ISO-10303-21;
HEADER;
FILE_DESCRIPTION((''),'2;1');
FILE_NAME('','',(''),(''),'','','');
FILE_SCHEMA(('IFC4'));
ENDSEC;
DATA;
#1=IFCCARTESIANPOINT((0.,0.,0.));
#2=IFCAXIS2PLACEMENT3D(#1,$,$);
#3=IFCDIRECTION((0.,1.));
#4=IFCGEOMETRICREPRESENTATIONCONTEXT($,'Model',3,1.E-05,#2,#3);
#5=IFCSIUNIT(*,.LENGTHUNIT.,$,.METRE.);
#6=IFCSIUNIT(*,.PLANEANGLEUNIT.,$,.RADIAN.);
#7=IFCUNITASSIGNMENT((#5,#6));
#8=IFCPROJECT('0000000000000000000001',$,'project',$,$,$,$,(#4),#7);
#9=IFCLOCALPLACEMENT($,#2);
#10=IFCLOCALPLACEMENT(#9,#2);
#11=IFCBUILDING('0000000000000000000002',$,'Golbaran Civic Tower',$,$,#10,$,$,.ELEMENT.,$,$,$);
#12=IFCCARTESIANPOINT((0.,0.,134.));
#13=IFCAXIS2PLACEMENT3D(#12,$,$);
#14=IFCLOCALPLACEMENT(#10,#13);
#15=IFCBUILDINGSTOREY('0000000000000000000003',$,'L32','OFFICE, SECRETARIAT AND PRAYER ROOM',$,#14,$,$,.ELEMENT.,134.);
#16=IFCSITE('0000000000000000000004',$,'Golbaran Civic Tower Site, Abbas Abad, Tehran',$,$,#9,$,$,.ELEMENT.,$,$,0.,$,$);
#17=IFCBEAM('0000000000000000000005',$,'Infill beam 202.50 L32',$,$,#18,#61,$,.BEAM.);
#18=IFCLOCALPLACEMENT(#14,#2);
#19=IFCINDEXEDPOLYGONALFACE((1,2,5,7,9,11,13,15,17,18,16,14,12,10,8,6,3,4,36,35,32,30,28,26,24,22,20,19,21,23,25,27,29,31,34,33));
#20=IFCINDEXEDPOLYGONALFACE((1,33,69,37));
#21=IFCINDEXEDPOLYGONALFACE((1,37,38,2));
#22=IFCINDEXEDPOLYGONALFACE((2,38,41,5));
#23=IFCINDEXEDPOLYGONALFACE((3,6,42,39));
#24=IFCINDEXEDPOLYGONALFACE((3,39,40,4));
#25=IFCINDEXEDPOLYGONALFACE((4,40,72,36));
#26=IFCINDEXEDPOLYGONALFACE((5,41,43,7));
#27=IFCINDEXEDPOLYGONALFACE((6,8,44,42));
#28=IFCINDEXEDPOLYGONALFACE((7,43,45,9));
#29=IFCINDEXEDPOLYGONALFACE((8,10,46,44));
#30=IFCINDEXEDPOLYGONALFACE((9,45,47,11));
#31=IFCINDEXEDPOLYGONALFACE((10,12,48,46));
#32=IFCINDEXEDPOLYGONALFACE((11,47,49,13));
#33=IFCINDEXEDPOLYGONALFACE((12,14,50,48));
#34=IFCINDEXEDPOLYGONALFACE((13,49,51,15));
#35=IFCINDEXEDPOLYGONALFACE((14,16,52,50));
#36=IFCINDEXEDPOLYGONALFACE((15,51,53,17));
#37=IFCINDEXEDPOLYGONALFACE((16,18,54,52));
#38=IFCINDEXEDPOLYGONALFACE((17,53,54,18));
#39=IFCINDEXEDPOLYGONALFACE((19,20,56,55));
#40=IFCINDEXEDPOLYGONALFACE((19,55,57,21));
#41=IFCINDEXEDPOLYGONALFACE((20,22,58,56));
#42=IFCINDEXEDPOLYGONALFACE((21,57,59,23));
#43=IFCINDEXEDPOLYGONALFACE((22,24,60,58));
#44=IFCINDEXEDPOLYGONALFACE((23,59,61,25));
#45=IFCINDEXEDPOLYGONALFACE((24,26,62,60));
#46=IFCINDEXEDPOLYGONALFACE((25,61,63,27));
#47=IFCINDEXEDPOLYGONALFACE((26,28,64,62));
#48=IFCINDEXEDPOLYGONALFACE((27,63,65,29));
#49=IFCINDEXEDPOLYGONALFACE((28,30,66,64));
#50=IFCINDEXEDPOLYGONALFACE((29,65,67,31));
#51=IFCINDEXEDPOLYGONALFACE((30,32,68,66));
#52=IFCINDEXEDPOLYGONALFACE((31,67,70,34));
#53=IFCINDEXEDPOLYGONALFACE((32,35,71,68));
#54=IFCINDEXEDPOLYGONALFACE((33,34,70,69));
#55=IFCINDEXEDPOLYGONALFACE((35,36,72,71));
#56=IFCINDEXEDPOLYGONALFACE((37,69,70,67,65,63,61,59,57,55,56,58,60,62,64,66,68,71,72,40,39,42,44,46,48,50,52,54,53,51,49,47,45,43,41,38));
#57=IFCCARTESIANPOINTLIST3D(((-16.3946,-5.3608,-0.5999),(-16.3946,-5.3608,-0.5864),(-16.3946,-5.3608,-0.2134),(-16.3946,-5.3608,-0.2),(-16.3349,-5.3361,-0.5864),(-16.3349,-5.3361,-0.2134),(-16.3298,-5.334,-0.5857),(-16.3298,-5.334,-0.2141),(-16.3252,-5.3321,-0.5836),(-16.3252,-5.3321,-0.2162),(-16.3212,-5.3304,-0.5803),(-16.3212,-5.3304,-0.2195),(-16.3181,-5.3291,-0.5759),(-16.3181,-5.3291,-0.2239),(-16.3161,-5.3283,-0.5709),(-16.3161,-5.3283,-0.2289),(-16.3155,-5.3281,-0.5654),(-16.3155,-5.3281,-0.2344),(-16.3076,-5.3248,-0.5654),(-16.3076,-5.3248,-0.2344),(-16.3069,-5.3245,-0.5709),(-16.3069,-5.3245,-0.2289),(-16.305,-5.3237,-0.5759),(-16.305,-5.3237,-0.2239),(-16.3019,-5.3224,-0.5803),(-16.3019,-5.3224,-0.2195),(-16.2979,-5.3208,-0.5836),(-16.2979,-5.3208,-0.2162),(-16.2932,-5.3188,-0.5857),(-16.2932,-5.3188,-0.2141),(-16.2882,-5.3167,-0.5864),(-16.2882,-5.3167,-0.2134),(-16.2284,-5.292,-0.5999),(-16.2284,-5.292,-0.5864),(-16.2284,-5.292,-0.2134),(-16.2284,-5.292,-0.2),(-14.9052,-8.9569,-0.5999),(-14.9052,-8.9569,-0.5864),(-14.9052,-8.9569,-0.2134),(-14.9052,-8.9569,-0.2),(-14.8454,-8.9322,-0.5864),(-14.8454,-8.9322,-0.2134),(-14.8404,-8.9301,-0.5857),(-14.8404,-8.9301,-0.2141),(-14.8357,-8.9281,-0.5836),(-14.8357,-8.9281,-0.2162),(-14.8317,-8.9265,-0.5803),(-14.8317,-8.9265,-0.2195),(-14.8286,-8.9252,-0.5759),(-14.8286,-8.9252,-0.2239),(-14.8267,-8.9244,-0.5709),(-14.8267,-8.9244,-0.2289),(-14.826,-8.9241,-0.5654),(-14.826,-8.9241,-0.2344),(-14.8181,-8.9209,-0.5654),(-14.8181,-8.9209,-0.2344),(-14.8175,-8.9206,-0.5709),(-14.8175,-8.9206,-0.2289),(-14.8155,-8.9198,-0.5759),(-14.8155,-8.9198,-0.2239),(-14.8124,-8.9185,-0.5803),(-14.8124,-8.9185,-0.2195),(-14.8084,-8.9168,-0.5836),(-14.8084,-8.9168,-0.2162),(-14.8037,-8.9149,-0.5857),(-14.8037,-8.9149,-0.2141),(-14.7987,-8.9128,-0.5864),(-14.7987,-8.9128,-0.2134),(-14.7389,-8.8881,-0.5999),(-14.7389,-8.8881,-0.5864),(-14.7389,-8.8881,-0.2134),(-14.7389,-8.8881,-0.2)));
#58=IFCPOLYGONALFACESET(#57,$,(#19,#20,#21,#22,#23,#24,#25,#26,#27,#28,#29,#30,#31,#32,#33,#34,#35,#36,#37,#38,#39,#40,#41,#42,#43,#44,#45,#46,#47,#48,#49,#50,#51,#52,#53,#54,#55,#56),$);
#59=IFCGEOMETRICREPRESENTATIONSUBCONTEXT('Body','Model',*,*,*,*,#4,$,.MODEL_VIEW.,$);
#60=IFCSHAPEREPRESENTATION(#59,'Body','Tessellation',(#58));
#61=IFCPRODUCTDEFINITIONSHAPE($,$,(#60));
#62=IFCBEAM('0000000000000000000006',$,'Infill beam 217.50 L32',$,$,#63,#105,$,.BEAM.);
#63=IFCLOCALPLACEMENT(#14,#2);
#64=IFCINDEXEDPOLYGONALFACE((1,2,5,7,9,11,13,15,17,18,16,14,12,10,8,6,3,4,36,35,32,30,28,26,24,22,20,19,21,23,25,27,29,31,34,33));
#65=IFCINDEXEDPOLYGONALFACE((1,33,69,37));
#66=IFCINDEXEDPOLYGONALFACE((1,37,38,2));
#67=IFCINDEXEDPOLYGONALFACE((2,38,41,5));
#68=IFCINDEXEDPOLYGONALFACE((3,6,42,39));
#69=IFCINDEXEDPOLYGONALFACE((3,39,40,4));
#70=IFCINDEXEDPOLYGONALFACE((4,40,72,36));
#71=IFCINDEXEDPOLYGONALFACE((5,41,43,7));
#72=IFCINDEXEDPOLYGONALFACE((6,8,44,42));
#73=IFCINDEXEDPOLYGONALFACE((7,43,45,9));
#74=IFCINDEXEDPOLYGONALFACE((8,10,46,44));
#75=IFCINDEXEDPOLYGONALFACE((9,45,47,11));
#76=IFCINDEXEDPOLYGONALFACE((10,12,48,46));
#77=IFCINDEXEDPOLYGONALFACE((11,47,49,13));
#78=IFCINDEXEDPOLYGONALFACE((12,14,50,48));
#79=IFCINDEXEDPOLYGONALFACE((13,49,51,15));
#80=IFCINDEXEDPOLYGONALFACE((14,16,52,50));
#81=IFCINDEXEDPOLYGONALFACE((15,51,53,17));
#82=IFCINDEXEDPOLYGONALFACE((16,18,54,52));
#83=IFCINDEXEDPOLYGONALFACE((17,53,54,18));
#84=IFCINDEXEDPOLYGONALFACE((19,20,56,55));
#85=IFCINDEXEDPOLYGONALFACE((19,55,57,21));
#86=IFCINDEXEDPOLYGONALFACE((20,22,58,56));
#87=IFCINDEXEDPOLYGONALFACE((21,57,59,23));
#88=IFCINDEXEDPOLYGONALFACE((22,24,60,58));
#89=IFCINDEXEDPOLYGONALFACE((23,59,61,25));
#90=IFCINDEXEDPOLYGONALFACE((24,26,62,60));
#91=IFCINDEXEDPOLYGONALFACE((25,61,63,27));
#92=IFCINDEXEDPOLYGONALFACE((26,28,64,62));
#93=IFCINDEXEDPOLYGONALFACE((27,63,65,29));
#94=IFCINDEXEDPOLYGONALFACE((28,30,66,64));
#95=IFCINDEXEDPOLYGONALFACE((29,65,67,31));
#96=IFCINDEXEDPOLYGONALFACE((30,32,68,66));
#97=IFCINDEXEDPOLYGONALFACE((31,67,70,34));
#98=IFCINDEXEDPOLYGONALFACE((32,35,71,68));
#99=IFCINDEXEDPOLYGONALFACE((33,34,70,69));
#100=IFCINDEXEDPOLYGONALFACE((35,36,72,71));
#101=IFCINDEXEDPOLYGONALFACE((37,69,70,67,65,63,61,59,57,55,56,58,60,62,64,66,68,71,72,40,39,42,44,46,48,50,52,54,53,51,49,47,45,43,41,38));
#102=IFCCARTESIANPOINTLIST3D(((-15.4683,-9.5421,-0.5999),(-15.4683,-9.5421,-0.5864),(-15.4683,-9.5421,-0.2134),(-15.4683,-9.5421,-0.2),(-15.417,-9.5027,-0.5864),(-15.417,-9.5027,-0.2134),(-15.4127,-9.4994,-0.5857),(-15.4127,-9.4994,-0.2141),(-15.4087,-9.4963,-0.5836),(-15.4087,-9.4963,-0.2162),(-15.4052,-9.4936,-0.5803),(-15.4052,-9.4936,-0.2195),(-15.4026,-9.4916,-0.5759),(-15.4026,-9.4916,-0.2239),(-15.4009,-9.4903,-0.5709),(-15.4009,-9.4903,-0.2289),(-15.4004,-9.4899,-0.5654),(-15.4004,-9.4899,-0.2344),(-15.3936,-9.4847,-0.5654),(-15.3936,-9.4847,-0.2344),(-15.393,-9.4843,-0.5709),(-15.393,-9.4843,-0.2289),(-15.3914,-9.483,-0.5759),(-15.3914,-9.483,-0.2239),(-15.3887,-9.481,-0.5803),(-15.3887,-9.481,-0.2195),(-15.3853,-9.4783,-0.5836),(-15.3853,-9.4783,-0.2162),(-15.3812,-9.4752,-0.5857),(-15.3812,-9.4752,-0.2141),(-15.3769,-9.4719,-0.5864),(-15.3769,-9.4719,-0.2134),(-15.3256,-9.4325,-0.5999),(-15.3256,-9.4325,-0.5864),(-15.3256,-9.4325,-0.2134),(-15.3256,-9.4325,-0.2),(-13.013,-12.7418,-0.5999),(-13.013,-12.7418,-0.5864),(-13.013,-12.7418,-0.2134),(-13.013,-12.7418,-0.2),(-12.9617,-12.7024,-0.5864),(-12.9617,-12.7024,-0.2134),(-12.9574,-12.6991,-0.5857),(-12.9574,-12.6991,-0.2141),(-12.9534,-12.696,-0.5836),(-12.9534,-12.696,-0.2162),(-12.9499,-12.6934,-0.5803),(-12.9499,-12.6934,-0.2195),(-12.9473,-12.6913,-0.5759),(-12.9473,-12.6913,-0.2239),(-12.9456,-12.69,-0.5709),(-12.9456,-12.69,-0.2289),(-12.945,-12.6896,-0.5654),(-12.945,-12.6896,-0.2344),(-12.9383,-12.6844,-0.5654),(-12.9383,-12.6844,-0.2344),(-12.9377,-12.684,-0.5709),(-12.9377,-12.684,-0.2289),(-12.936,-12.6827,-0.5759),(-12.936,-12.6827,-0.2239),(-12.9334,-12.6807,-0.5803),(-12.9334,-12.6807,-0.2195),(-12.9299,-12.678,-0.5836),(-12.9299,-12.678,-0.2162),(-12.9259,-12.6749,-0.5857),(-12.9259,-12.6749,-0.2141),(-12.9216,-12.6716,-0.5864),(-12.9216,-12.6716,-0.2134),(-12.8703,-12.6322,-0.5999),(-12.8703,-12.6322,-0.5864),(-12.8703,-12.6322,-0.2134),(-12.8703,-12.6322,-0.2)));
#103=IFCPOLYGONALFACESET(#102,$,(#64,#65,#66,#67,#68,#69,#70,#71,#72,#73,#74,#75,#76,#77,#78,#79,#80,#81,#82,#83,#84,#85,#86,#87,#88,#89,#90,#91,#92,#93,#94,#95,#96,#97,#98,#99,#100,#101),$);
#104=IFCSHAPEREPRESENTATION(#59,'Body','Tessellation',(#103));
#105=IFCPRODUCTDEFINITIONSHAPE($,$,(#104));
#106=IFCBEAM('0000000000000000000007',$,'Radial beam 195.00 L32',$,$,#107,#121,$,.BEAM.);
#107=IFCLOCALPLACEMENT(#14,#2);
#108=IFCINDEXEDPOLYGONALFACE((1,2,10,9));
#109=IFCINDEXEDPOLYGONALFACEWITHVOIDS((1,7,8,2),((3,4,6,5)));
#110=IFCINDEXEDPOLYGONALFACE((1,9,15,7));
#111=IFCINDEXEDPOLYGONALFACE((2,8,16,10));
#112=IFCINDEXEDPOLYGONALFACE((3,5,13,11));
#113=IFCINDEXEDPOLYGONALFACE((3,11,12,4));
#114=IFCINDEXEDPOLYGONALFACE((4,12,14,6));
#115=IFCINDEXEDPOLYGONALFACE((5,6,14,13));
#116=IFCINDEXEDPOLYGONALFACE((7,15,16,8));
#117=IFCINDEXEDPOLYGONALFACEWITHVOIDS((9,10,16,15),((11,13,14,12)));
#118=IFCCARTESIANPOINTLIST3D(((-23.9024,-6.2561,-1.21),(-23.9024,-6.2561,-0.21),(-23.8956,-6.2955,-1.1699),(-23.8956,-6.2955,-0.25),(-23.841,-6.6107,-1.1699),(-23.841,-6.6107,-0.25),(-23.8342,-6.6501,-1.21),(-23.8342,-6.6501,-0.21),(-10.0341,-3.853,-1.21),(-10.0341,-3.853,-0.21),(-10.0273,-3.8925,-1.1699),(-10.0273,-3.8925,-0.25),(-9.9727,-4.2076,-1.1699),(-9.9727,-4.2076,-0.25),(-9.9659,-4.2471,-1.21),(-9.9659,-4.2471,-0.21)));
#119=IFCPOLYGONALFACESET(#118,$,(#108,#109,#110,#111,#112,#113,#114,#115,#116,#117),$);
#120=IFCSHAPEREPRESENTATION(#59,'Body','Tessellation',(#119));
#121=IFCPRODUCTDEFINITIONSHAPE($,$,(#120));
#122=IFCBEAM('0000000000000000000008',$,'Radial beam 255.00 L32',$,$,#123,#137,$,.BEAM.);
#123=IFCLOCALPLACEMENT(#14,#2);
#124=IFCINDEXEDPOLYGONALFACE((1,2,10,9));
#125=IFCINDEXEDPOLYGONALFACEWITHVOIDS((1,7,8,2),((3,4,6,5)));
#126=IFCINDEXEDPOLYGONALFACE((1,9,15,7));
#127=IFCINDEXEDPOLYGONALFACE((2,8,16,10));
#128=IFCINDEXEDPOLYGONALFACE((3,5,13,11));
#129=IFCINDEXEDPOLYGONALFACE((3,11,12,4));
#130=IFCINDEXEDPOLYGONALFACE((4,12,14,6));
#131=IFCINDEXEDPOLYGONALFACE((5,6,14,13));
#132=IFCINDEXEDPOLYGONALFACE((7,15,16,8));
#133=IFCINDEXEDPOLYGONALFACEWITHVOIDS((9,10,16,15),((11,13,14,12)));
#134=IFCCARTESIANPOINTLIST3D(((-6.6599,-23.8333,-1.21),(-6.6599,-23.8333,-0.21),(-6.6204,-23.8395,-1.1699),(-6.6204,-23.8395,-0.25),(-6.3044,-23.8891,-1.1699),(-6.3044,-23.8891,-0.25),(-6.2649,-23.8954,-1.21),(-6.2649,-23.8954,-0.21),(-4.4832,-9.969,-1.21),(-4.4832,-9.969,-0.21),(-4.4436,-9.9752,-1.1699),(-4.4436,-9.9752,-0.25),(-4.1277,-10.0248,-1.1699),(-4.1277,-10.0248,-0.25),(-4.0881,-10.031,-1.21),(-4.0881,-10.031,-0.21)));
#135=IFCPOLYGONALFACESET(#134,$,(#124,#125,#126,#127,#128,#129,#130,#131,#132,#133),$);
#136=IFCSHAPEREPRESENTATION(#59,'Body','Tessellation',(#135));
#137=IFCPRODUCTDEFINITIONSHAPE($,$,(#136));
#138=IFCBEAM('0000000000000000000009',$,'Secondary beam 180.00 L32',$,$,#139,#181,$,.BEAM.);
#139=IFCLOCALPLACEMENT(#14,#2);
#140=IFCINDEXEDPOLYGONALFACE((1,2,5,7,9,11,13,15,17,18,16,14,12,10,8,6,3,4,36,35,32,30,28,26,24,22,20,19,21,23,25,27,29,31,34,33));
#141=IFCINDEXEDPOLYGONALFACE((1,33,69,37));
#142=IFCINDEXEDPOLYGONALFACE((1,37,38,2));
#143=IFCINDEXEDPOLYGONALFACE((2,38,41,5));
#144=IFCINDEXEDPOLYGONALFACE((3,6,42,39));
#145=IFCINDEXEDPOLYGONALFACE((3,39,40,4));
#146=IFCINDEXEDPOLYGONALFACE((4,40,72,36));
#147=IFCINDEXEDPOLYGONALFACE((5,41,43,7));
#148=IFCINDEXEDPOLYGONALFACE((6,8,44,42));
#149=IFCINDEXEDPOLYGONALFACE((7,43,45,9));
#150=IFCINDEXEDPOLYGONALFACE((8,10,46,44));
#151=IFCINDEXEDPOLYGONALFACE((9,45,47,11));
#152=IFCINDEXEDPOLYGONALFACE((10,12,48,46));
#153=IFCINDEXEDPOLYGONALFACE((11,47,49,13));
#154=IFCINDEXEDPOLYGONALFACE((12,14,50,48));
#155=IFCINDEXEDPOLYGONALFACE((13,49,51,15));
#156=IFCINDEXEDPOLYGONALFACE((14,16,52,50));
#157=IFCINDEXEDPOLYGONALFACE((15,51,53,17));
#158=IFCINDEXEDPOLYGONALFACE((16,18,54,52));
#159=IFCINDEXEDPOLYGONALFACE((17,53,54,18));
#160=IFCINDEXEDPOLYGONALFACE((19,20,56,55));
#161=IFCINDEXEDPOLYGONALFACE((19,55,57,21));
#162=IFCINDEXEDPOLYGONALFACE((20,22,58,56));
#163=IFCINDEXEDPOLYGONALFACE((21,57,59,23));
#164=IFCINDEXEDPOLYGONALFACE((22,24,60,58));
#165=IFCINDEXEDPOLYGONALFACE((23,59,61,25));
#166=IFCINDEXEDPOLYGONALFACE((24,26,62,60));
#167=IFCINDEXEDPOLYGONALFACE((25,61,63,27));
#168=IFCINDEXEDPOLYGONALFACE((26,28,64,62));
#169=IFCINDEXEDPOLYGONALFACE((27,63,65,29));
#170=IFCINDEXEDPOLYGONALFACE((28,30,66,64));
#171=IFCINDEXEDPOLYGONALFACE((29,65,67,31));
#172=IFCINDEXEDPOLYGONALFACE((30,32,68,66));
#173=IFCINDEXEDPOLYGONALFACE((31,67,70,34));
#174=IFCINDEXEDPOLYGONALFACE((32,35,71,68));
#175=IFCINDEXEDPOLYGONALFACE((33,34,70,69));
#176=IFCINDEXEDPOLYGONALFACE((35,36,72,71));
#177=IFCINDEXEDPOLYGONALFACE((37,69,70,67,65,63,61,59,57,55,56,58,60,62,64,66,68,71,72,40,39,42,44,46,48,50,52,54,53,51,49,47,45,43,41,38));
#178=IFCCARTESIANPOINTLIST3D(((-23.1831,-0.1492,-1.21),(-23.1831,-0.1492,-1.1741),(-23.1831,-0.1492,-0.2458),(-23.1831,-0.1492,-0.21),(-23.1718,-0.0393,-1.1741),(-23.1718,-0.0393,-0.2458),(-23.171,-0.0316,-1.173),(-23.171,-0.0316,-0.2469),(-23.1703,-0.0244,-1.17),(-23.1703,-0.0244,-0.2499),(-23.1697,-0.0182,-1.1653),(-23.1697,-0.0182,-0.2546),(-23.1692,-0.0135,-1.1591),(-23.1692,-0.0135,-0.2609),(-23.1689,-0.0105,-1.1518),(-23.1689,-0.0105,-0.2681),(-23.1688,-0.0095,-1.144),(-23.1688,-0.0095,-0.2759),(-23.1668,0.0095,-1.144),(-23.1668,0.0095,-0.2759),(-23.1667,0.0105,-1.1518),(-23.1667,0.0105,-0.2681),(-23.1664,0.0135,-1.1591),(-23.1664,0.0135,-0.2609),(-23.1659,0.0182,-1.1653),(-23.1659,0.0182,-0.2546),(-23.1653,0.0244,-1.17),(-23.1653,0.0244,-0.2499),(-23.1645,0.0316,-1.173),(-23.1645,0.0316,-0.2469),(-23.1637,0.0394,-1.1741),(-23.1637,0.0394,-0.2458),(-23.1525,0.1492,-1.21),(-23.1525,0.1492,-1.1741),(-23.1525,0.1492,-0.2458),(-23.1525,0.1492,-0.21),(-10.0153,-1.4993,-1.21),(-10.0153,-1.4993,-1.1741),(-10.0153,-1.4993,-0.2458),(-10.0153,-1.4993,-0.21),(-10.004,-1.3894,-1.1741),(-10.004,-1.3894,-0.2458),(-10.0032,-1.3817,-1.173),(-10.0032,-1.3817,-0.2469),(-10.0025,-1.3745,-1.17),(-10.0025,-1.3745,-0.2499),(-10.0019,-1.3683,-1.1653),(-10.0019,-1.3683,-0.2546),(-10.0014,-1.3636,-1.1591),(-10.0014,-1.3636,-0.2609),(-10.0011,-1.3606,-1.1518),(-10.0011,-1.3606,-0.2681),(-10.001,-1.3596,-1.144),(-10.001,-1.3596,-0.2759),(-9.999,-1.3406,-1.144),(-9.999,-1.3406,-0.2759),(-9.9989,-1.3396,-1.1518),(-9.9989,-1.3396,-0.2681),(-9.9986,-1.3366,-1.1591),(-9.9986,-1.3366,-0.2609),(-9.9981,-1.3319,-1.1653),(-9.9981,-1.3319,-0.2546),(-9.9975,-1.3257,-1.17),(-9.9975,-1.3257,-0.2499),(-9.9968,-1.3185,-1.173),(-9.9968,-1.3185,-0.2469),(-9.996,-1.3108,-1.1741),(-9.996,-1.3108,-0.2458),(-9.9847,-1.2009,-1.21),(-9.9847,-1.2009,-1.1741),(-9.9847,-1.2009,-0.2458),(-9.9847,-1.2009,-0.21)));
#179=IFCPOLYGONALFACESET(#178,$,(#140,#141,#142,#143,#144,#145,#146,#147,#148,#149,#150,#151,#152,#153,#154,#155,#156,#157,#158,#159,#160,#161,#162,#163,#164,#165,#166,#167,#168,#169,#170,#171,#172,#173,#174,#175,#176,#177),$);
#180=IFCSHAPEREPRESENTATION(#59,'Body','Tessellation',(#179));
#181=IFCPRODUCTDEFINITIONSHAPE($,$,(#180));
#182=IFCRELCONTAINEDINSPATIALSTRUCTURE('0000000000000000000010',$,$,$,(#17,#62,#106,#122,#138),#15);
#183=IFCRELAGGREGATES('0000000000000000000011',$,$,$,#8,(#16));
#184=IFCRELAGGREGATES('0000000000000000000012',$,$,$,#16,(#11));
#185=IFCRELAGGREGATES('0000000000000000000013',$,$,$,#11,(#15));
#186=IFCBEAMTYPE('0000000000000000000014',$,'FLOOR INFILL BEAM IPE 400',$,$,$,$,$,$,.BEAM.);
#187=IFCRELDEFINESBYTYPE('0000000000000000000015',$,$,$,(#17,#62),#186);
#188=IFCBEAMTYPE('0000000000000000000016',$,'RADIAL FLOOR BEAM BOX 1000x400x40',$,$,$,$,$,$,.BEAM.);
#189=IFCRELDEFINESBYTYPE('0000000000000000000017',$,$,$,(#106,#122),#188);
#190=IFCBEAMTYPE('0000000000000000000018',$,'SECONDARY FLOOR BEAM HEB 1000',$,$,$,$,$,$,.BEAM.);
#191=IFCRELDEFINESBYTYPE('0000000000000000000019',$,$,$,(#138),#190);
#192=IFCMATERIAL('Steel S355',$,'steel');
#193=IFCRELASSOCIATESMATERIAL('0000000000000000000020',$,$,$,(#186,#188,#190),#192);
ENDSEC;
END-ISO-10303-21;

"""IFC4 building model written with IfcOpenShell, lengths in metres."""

from ifc_helpers import new_model, si_unit, direction, frame, origin, origin_2d, place, context, subcontext, project, spatial, hollow_rectangle, i_section, extrude, material, material_profile, profile_set, type_object, element, save


model = new_model("IFC4")

# Units and contexts
model_context = context("Model", 3, precision=1e-05, world=origin(), true_north=direction((0.0, 1.0)))
body_context = subcontext(model_context, "Body", "Model", "MODEL_VIEW")
ifc_project = project(units=[si_unit("LENGTHUNIT", "METRE"), si_unit("PLANEANGLEUNIT", "RADIAN")], contexts=[model_context])

# Site, building, storey
site_placement = place(None, origin())
site = spatial("IfcSite", under=ifc_project, at=site_placement, Name="Golbaran Civic Tower Site, Abbas Abad, Tehran", CompositionType="ELEMENT", RefElevation=0.0)
building_placement = place(site_placement, origin())
building = spatial("IfcBuilding", under=site, at=building_placement, Name="Golbaran Civic Tower", CompositionType="ELEMENT")
storey_placement = place(building_placement, frame((0.0, 0.0, 134.0)))
storey = spatial("IfcBuildingStorey", under=building, at=storey_placement, Name="L32", Description="OFFICE, SECRETARIAT AND PRAYER ROOM", CompositionType="ELEMENT", Elevation=134.0)

# Beams
ifc_material_1 = material(Name="Steel S355", Category="steel")
ifc_material_profile_1 = material_profile(ifc_material_1, i_section(OverallWidth=0.1799, OverallDepth=0.3999, WebThickness=0.0085, FlangeThickness=0.0134, FilletRadius=0.021, at=origin_2d()), Name="IPE 400")
ifc_profile_set_1 = profile_set([ifc_material_profile_1], Name="Steel S355")
beam_type_1 = type_object("IfcBeamType", Name="FLOOR INFILL BEAM IPE 400", PredefinedType="BEAM", material=ifc_profile_set_1)
beam_1_placement = place(storey_placement, frame((-16.3115, -5.3264, -0.3999), z_axis=(0.382664, -0.923888, 0.0), x_axis=(0.923888, 0.382664, 0.0)))
element("IfcBeam", 1, at=beam_1_placement, inside=storey, type_object=beam_type_1, Name="Infill beam 202.50 L32", PredefinedType="BEAM", context=body_context, shape_type="SweptSolid", body=[
    extrude(i_section(OverallWidth=0.1799, OverallDepth=0.3999, WebThickness=0.0085, FlangeThickness=0.0134, FilletRadius=0.021, at=origin_2d()), origin(), (0.0, 0.0, 1.0), 3.8923),
])
beam_2_placement = place(storey_placement, frame((-15.397, -9.4873, -0.3999), z_axis=(0.608777, -0.793341, 0.0), x_axis=(0.793341, 0.608777, 0.0)))
element("IfcBeam", 2, at=beam_2_placement, inside=storey, type_object=beam_type_1, Name="Infill beam 217.50 L32", PredefinedType="BEAM", context=body_context, shape_type="SweptSolid", body=[
    extrude(i_section(OverallWidth=0.1799, OverallDepth=0.3999, WebThickness=0.0085, FlangeThickness=0.0134, FilletRadius=0.021, at=origin_2d()), origin(), (0.0, 0.0, 1.0), 4.0332),
])
ifc_material_profile_2 = material_profile(ifc_material_1, hollow_rectangle(XDim=0.3999, YDim=1.0, WallThickness=0.04, at=origin_2d()), Name="BOX 1000x400x40")
ifc_profile_set_2 = profile_set([ifc_material_profile_2], Name="Steel S355")
beam_type_2 = type_object("IfcBeamType", Name="RADIAL FLOOR BEAM BOX 1000x400x40", PredefinedType="BEAM", material=ifc_profile_set_2)
beam_3_placement = place(storey_placement, frame((-10.0, -4.05, -0.71), z_axis=(-0.985317, -0.170733, 0.0), x_axis=(0.170733, -0.985317, 0.0)))
element("IfcBeam", 3, at=beam_3_placement, inside=storey, type_object=beam_type_2, Name="Radial beam 195.00 L32", PredefinedType="BEAM", context=body_context, shape_type="SweptSolid", body=[
    extrude(hollow_rectangle(XDim=0.3999, YDim=1.0, WallThickness=0.04, at=origin_2d()), origin(), (0.0, 0.0, 1.0), 14.075),
])
beam_4_placement = place(storey_placement, frame((-4.2856, -10.0, -0.71), z_axis=(-0.155105, -0.987898, 0.0), x_axis=(0.987898, -0.155105, 0.0)))
element("IfcBeam", 4, at=beam_4_placement, inside=storey, type_object=beam_type_2, Name="Radial beam 255.00 L32", PredefinedType="BEAM", context=body_context, shape_type="SweptSolid", body=[
    extrude(hollow_rectangle(XDim=0.3999, YDim=1.0, WallThickness=0.04, at=origin_2d()), origin(), (0.0, 0.0, 1.0), 14.0342),
])
ifc_material_profile_3 = material_profile(ifc_material_1, i_section(OverallWidth=0.3, OverallDepth=1.0, WebThickness=0.019, FlangeThickness=0.0359, FilletRadius=0.03, at=origin_2d()), Name="HEB 1000")
ifc_profile_set_3 = profile_set([ifc_material_profile_3], Name="Steel S355")
beam_type_3 = type_object("IfcBeamType", Name="SECONDARY FLOOR BEAM HEB 1000", PredefinedType="BEAM", material=ifc_profile_set_3)
beam_5_placement = place(storey_placement, frame((-10.0, -1.3501, -0.71), z_axis=(-0.994785, 0.101996, 0.0), x_axis=(-0.101996, -0.994785, 0.0)))
element("IfcBeam", 5, at=beam_5_placement, inside=storey, type_object=beam_type_3, Name="Secondary beam 180.00 L32", PredefinedType="BEAM", context=body_context, shape_type="SweptSolid", body=[
    extrude(i_section(OverallWidth=0.3, OverallDepth=1.0, WebThickness=0.019, FlangeThickness=0.0359, FilletRadius=0.03, at=origin_2d()), origin(), (0.0, 0.0, 1.0), 13.2368),
])

save(model, "model.ifc")
